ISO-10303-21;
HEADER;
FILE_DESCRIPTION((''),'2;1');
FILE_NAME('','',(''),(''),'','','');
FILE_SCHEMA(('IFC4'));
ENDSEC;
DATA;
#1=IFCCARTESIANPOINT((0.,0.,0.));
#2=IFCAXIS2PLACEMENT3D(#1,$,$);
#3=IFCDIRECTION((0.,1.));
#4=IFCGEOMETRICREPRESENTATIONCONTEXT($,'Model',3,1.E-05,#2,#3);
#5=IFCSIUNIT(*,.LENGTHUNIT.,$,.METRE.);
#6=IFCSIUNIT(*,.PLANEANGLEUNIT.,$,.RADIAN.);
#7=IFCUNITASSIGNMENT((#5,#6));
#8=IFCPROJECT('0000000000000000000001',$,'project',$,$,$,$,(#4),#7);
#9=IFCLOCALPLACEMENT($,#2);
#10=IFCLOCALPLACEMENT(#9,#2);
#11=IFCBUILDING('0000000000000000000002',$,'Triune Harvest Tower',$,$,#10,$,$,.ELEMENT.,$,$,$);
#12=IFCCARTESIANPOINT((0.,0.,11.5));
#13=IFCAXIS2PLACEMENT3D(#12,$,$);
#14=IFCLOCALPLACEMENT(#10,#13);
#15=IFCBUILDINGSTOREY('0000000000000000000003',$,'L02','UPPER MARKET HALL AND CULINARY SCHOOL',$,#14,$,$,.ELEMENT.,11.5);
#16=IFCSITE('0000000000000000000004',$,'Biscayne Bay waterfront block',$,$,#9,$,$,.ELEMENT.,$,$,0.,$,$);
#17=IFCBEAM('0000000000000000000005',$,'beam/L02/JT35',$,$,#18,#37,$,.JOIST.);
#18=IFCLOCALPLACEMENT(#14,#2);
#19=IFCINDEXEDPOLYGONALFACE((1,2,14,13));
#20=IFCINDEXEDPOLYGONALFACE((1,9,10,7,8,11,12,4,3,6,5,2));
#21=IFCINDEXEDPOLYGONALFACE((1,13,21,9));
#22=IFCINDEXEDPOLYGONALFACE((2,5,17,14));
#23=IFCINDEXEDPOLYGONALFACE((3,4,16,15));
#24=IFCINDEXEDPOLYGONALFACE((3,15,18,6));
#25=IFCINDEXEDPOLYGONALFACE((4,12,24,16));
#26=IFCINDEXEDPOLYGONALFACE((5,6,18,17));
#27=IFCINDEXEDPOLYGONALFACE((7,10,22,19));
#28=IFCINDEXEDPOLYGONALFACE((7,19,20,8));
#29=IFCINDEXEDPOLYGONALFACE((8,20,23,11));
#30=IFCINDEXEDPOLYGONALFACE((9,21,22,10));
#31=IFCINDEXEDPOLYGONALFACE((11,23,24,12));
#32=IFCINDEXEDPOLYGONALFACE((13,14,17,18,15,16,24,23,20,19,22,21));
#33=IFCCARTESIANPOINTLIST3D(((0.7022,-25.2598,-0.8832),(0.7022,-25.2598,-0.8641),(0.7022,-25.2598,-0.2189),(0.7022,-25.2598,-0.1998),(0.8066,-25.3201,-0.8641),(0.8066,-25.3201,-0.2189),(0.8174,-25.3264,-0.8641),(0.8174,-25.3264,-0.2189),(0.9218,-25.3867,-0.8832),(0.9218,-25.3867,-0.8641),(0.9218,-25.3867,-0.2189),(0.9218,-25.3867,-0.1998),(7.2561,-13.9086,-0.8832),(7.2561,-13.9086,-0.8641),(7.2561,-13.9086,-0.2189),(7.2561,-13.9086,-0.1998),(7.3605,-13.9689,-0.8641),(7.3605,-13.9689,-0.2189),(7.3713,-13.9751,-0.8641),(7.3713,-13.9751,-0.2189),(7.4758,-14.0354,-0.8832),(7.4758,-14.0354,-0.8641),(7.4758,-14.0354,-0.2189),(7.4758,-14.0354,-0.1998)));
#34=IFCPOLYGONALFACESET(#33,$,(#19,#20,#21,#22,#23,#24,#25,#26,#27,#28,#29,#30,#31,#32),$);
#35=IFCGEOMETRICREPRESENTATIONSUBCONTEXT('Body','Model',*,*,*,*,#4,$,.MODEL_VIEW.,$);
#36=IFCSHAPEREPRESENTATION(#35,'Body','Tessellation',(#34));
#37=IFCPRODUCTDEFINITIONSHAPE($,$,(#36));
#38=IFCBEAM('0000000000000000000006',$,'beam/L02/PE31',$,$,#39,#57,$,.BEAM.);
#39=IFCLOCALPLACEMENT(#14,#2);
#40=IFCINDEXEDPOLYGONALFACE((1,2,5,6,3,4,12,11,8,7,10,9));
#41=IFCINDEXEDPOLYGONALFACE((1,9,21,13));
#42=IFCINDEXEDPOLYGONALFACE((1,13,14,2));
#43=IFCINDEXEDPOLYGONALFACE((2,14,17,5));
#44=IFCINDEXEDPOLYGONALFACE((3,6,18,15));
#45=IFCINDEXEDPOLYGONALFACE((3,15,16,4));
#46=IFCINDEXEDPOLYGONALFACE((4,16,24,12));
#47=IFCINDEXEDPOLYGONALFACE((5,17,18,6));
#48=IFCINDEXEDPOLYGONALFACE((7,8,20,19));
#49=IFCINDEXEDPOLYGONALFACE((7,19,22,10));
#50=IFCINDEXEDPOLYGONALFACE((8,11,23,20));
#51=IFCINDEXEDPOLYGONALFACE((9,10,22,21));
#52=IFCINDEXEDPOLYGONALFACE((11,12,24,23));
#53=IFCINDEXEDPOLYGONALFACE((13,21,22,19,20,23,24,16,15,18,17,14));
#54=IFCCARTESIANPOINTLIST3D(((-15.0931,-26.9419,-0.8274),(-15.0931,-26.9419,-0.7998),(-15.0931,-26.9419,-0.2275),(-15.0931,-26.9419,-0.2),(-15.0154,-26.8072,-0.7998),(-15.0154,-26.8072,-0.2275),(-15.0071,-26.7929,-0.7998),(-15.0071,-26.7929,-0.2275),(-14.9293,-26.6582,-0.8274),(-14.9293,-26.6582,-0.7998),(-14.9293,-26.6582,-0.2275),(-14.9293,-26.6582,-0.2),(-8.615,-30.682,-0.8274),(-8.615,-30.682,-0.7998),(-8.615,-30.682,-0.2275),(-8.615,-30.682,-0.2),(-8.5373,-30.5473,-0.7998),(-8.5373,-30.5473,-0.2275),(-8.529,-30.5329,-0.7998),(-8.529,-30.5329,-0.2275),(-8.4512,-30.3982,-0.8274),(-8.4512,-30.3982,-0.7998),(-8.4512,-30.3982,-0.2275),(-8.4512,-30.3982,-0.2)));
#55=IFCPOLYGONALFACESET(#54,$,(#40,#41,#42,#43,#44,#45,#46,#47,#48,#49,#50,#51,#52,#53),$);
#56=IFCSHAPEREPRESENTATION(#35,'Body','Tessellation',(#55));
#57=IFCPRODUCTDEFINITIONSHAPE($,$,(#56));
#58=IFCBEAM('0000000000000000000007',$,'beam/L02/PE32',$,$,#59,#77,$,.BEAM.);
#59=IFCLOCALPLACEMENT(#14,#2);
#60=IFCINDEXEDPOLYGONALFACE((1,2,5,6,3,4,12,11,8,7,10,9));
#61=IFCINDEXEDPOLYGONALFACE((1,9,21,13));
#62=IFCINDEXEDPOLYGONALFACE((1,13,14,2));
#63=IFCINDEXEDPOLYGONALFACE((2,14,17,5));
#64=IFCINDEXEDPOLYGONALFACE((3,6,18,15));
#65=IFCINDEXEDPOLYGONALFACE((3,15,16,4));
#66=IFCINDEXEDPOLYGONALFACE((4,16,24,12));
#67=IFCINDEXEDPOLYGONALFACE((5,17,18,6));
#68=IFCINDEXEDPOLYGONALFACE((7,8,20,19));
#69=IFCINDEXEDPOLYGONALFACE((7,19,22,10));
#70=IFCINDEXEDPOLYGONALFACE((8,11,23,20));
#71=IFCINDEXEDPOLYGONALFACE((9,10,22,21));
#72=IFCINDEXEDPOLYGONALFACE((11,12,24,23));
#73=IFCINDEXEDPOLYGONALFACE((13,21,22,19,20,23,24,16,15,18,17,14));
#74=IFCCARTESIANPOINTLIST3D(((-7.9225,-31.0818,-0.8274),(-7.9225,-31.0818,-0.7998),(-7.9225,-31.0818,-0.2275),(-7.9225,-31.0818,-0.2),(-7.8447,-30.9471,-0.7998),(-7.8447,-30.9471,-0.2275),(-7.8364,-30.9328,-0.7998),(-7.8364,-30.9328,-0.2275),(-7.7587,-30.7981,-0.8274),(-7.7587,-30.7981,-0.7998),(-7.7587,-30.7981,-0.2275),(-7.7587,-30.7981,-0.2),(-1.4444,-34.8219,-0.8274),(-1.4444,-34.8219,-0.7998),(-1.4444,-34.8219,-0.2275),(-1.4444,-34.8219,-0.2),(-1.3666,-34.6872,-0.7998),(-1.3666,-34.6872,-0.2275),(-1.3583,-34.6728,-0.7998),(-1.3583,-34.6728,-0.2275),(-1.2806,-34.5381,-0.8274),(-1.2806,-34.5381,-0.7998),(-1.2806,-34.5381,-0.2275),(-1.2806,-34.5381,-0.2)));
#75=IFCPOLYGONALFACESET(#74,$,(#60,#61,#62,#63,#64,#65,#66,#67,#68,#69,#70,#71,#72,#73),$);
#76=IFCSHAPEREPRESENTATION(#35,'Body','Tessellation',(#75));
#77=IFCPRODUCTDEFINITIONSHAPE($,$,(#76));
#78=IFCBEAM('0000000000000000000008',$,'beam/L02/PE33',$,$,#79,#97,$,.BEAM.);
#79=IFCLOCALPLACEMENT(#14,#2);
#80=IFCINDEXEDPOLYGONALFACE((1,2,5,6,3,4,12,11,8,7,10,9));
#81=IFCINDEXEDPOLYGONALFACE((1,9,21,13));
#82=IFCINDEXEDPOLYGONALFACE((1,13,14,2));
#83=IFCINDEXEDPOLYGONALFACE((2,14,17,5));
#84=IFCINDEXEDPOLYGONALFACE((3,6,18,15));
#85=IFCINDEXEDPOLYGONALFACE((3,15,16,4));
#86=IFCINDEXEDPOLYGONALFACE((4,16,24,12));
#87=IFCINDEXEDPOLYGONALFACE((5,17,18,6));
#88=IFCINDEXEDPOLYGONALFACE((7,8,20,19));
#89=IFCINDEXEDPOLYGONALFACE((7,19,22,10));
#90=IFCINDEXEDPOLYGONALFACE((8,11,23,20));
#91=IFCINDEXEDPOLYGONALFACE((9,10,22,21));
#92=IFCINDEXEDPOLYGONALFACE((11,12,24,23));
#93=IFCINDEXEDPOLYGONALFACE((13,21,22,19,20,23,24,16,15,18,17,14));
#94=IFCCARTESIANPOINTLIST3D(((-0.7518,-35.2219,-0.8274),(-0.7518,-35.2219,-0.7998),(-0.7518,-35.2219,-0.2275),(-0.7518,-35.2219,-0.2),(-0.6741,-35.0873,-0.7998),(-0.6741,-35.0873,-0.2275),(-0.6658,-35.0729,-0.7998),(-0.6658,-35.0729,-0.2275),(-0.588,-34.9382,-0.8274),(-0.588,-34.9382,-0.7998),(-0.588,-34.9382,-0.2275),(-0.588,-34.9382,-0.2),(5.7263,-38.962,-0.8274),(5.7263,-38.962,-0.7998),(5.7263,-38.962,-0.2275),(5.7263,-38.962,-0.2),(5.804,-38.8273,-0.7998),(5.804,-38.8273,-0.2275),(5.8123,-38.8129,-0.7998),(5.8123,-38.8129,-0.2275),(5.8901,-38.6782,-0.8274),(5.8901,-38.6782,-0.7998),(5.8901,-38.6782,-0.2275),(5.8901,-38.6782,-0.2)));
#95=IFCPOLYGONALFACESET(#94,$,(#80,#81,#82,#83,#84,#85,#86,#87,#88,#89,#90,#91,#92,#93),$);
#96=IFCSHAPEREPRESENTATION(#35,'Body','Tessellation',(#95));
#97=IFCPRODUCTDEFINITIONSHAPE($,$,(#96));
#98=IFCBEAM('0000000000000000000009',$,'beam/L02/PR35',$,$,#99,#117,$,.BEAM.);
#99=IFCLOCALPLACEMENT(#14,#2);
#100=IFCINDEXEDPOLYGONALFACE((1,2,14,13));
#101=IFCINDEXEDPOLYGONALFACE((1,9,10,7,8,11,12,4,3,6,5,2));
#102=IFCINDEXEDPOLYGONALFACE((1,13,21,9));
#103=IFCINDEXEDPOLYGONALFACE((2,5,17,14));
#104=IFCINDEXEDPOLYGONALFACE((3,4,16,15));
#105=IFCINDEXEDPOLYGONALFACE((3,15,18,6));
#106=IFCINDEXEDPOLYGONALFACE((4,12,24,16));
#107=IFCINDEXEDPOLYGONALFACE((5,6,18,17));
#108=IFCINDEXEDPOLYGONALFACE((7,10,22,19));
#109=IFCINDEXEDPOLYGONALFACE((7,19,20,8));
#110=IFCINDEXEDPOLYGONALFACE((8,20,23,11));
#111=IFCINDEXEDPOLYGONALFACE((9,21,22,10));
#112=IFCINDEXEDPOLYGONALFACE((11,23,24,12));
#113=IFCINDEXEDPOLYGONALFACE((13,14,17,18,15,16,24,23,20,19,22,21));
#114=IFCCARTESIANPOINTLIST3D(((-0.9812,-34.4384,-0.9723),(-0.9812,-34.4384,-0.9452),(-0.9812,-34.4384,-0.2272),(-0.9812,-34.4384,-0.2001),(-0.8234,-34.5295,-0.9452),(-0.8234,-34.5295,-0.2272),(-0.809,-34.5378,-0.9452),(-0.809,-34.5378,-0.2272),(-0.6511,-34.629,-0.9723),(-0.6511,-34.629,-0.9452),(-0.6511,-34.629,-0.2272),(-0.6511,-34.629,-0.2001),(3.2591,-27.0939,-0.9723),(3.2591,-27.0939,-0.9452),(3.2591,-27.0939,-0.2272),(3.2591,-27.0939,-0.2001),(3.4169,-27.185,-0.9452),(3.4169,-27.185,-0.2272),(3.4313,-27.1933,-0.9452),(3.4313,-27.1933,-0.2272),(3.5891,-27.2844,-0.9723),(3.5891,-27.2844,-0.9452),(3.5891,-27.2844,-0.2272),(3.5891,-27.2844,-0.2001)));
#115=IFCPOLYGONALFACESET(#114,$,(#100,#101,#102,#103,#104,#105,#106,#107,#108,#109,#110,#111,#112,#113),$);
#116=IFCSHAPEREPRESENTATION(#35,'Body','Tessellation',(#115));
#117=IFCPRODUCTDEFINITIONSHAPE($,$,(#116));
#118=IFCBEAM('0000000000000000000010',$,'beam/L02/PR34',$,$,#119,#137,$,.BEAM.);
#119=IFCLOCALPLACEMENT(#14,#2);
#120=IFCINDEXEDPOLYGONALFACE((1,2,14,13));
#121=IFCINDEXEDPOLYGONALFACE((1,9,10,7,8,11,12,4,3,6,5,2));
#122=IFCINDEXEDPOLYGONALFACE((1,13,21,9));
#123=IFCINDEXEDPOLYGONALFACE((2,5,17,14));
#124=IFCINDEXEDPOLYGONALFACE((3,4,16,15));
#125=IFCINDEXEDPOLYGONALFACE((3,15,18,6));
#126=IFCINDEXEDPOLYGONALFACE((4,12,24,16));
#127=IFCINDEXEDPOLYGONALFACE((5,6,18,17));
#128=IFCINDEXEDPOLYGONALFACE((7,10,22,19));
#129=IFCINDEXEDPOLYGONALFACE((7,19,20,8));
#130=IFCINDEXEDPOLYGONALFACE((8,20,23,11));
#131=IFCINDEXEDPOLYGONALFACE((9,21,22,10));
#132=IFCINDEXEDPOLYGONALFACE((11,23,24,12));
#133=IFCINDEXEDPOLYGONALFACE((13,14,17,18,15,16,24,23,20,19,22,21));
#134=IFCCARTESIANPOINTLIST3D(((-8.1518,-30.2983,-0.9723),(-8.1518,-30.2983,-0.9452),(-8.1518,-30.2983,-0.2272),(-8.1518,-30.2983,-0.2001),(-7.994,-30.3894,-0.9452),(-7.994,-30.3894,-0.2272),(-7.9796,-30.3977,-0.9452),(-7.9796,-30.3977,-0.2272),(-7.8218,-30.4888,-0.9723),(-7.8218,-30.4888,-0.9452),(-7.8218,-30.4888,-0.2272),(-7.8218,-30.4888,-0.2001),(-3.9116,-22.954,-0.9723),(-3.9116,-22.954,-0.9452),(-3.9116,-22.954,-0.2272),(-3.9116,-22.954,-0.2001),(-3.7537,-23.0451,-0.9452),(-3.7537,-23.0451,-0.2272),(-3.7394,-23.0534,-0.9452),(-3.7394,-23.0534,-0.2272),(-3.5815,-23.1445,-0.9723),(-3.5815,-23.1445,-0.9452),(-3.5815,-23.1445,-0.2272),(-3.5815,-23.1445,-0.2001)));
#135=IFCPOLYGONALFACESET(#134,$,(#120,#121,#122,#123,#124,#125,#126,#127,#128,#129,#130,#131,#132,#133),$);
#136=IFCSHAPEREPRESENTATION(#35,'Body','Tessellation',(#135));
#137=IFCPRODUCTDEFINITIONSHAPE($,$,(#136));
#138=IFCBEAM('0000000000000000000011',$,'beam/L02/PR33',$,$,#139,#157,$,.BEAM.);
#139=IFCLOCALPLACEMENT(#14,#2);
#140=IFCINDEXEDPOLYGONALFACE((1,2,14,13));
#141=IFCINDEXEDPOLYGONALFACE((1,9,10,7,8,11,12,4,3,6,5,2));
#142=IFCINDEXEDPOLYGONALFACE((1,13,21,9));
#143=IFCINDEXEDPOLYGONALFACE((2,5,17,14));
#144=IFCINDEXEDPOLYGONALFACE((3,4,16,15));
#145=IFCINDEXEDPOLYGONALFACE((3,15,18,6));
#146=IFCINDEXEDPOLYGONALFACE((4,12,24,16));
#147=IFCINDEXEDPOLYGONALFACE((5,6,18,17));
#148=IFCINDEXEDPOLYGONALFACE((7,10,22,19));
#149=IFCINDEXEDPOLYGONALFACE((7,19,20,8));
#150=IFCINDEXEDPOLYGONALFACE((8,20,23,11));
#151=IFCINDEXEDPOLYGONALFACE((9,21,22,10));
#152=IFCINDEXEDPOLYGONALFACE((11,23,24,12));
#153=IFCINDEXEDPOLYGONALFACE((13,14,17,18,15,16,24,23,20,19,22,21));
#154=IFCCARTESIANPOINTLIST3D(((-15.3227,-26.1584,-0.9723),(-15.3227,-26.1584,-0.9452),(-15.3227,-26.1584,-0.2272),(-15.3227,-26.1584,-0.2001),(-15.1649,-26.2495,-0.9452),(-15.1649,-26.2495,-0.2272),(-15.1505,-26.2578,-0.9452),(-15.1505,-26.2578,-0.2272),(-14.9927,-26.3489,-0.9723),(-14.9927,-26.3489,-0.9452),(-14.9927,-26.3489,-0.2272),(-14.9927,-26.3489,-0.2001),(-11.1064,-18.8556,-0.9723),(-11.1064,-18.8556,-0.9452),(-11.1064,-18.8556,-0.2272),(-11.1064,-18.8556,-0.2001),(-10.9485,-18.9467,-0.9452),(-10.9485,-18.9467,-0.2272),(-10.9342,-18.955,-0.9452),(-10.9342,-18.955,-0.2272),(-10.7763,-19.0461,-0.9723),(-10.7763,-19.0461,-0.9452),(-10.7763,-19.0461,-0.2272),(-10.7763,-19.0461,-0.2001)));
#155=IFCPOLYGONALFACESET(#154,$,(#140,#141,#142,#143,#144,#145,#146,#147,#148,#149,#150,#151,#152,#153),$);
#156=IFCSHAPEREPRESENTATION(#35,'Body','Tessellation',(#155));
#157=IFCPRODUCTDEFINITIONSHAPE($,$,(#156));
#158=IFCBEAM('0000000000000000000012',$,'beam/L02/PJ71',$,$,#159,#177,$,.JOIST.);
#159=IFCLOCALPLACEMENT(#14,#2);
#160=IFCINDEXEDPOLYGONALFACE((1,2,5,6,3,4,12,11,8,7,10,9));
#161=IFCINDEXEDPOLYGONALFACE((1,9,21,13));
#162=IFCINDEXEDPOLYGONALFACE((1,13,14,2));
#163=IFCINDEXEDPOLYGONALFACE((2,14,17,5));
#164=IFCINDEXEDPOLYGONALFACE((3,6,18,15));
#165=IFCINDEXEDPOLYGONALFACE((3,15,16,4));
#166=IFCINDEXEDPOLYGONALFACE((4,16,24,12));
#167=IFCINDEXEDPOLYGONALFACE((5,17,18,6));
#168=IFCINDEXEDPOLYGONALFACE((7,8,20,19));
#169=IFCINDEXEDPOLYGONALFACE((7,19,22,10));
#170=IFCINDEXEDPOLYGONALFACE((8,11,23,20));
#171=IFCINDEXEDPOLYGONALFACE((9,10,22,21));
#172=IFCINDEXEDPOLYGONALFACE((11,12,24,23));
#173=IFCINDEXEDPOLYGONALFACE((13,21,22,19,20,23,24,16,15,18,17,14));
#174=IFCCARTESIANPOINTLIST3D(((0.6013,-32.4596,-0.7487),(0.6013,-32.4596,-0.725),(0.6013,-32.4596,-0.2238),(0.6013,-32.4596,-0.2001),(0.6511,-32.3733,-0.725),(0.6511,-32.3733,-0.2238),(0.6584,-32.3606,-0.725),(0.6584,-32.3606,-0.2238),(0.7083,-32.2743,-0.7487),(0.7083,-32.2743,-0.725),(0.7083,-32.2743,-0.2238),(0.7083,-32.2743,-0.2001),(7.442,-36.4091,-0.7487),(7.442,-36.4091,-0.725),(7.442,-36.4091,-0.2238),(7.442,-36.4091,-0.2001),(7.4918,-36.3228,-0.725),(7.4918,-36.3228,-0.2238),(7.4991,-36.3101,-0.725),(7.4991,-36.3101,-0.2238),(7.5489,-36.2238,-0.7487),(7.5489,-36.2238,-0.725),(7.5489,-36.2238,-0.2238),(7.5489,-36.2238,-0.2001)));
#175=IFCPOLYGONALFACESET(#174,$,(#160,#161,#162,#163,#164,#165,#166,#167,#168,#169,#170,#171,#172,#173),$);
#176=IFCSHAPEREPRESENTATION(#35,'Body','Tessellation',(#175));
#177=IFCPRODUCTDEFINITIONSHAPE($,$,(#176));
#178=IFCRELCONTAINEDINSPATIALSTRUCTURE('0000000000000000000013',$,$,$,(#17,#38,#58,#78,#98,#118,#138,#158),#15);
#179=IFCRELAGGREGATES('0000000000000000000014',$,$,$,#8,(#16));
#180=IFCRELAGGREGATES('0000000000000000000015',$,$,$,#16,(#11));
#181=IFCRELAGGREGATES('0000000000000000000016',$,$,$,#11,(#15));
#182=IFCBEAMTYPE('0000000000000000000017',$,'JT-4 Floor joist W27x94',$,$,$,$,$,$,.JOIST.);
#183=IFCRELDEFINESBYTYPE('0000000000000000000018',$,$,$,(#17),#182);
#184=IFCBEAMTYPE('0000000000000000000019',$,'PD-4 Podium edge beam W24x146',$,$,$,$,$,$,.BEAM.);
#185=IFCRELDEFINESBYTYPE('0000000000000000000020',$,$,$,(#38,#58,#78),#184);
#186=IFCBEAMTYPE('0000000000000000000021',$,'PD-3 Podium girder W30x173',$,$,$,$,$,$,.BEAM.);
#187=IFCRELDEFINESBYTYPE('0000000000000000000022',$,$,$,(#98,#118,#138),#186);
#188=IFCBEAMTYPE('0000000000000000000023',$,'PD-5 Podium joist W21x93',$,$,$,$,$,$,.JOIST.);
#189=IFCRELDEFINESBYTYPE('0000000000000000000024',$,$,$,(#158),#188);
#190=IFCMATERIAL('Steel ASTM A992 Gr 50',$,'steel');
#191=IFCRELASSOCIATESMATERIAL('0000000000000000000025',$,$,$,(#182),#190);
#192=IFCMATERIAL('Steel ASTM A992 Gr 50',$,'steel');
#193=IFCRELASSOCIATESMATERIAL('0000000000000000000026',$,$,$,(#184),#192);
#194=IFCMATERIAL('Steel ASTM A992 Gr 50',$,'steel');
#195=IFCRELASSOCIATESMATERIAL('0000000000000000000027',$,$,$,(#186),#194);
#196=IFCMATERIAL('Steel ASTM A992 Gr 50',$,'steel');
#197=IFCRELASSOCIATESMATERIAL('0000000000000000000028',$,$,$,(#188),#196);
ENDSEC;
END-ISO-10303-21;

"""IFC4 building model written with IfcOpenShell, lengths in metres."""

from ifc_helpers import new_model, si_unit, direction, frame, origin, origin_2d, place, context, subcontext, project, spatial, i_section, extrude, source, transform, mapped, material, material_profile, profile_set, type_object, element, save


model = new_model("IFC4")

# Units and contexts
model_context = context("Model", 3, precision=1e-05, world=origin(), true_north=direction((0.0, 1.0)))
body_context = subcontext(model_context, "Body", "Model", "MODEL_VIEW")
ifc_project = project(units=[si_unit("LENGTHUNIT", "METRE"), si_unit("PLANEANGLEUNIT", "RADIAN")], contexts=[model_context])

# Site, building, storey
site_placement = place(None, origin())
site = spatial("IfcSite", under=ifc_project, at=site_placement, Name="Biscayne Bay waterfront block", CompositionType="ELEMENT", RefElevation=0.0)
building_placement = place(site_placement, origin())
building = spatial("IfcBuilding", under=site, at=building_placement, Name="Triune Harvest Tower", CompositionType="ELEMENT")
storey_placement = place(building_placement, frame((0.0, 0.0, 11.5)))
storey = spatial("IfcBuildingStorey", under=building, at=storey_placement, Name="L02", Description="UPPER MARKET HALL AND CULINARY SCHOOL", CompositionType="ELEMENT", Elevation=11.5)

# Beams
ifc_material_1 = material(Name="Steel ASTM A992 Gr 50", Category="steel")
ifc_material_profile_1 = material_profile(ifc_material_1, i_section(OverallWidth=0.2537, OverallDepth=0.6833, WebThickness=0.0125, FlangeThickness=0.019, at=origin_2d()), Name="W27x94")
ifc_profile_set_1 = profile_set([ifc_material_profile_1], Name="Steel ASTM A992 Gr 50")
beam_type_1 = type_object("IfcBeamType", Name="JT-4 Floor joist W27x94", PredefinedType="JOIST", material=ifc_profile_set_1)
shared_shape_1 = source(origin(), body_context, "Body", "SweptSolid", [
    extrude(i_section(OverallWidth=0.2537, OverallDepth=0.6833, WebThickness=0.0125, FlangeThickness=0.019, at=origin_2d()), origin(), (0.0, 0.0, 1.0), 13.1074),
])
beam_1_placement = place(storey_placement, frame((0.812, -25.3232, -0.5415), z_axis=(0.500015, 0.866017, 0.0), x_axis=(-0.866017, 0.500015, 0.0)))
element("IfcBeam", 1, at=beam_1_placement, inside=storey, type_object=beam_type_1, Name="beam/L02/JT35", PredefinedType="JOIST", context=body_context, shape_type="MappedRepresentation", body=[
    mapped(shared_shape_1, transform((0.0, 0.0, 0.0), scale=1.0)),
])
ifc_material_2 = material(Name="Steel ASTM A992 Gr 50", Category="steel")
ifc_material_profile_2 = material_profile(ifc_material_2, i_section(OverallWidth=0.3276, OverallDepth=0.6274, WebThickness=0.0166, FlangeThickness=0.0276, at=origin_2d()), Name="W24x146")
ifc_profile_set_2 = profile_set([ifc_material_profile_2], Name="Steel ASTM A992 Gr 50")
beam_type_2 = type_object("IfcBeamType", Name="PD-4 Podium edge beam W24x146", PredefinedType="BEAM", material=ifc_profile_set_2)
shared_shape_2 = source(origin(), body_context, "Body", "SweptSolid", [
    extrude(i_section(OverallWidth=0.3276, OverallDepth=0.6274, WebThickness=0.0166, FlangeThickness=0.0276, at=origin_2d()), origin(), (0.0, 0.0, 1.0), 7.4802),
])
for number, where, z_axis, x_axis, name in (
    (2, (-15.0112, -26.8, -0.5137), (0.866031, -0.49999, 0.0), (0.49999, 0.866031, 0.0), "beam/L02/PE31"),
    (3, (-7.8406, -30.9399, -0.5137), (0.866031, -0.49999, 0.0), (0.49999, 0.866031, 0.0), "beam/L02/PE32"),
    (4, (-0.6699, -35.0801, -0.5137), (0.866031, -0.49999, 0.0), (0.49999, 0.866031, 0.0), "beam/L02/PE33"),
):
    element("IfcBeam", number, at=place(storey_placement, frame(where, z_axis=z_axis, x_axis=x_axis)), inside=storey, type_object=beam_type_2, Name=name, PredefinedType="BEAM", context=body_context, shape_type="MappedRepresentation", body=[
        mapped(shared_shape_2, transform((0.0, 0.0, 0.0), scale=1.0)),
    ])
ifc_material_3 = material(Name="Steel ASTM A992 Gr 50", Category="steel")
ifc_material_profile_3 = material_profile(ifc_material_3, i_section(OverallWidth=0.3811, OverallDepth=0.7722, WebThickness=0.0166, FlangeThickness=0.0271, at=origin_2d()), Name="W30x173")
ifc_profile_set_3 = profile_set([ifc_material_profile_3], Name="Steel ASTM A992 Gr 50")
beam_type_3 = type_object("IfcBeamType", Name="PD-3 Podium girder W30x173", PredefinedType="BEAM", material=ifc_profile_set_3)
shared_shape_3 = source(origin(), body_context, "Body", "SweptSolid", [
    extrude(i_section(OverallWidth=0.3811, OverallDepth=0.7722, WebThickness=0.0166, FlangeThickness=0.0271, at=origin_2d()), origin(), (0.0, 0.0, 1.0), 8.4807),
])
beam_2_placement = place(storey_placement, frame((-0.8162, -34.5337, -0.5862), z_axis=(0.499991, 0.866031, 0.0), x_axis=(-0.866031, 0.499991, 0.0)))
element("IfcBeam", 5, at=beam_2_placement, inside=storey, type_object=beam_type_3, Name="beam/L02/PR35", PredefinedType="BEAM", context=body_context, shape_type="MappedRepresentation", body=[
    mapped(shared_shape_3, transform((0.0, 0.0, 0.0), scale=1.0)),
])
shared_shape_4 = source(origin(), body_context, "Body", "SweptSolid", [
    extrude(i_section(OverallWidth=0.3811, OverallDepth=0.7722, WebThickness=0.0166, FlangeThickness=0.0271, at=origin_2d()), origin(), (0.0, 0.0, 1.0), 8.4805),
])
beam_3_placement = place(storey_placement, frame((-7.9868, -30.3936, -0.5862), z_axis=(0.500003, 0.866024, 0.0), x_axis=(-0.866024, 0.500003, 0.0)))
element("IfcBeam", 6, at=beam_3_placement, inside=storey, type_object=beam_type_3, Name="beam/L02/PR34", PredefinedType="BEAM", context=body_context, shape_type="MappedRepresentation", body=[
    mapped(shared_shape_4, transform((0.0, 0.0, 0.0), scale=1.0)),
])
shared_shape_5 = source(origin(), body_context, "Body", "SweptSolid", [
    extrude(i_section(OverallWidth=0.3811, OverallDepth=0.7722, WebThickness=0.0166, FlangeThickness=0.0271, at=origin_2d()), origin(), (0.0, 0.0, 1.0), 8.4326),
])
beam_4_placement = place(storey_placement, frame((-15.1577, -26.2537, -0.5862), z_axis=(0.500006, 0.866022, 0.0), x_axis=(-0.866022, 0.500006, 0.0)))
element("IfcBeam", 7, at=beam_4_placement, inside=storey, type_object=beam_type_3, Name="beam/L02/PR33", PredefinedType="BEAM", context=body_context, shape_type="MappedRepresentation", body=[
    mapped(shared_shape_5, transform((0.0, 0.0, 0.0), scale=1.0)),
])
ifc_material_4 = material(Name="Steel ASTM A992 Gr 50", Category="steel")
ifc_material_profile_4 = material_profile(ifc_material_4, i_section(OverallWidth=0.2139, OverallDepth=0.5486, WebThickness=0.0146, FlangeThickness=0.0237, at=origin_2d()), Name="W21x93")
ifc_profile_set_4 = profile_set([ifc_material_profile_4], Name="Steel ASTM A992 Gr 50")
beam_type_4 = type_object("IfcBeamType", Name="PD-5 Podium joist W21x93", PredefinedType="JOIST", material=ifc_profile_set_4)
shared_shape_6 = source(origin(), body_context, "Body", "SweptSolid", [
    extrude(i_section(OverallWidth=0.2139, OverallDepth=0.5486, WebThickness=0.0146, FlangeThickness=0.0237, at=origin_2d()), origin(), (0.0, 0.0, 1.0), 7.8989),
])
beam_5_placement = place(storey_placement, frame((0.6548, -32.3669, -0.4744), z_axis=(0.866022, -0.500005, 0.0), x_axis=(0.500005, 0.866022, 0.0)))
element("IfcBeam", 8, at=beam_5_placement, inside=storey, type_object=beam_type_4, Name="beam/L02/PJ71", PredefinedType="JOIST", context=body_context, shape_type="MappedRepresentation", body=[
    mapped(shared_shape_6, transform((0.0, 0.0, 0.0), scale=1.0)),
])

save(model, "model.ifc")
